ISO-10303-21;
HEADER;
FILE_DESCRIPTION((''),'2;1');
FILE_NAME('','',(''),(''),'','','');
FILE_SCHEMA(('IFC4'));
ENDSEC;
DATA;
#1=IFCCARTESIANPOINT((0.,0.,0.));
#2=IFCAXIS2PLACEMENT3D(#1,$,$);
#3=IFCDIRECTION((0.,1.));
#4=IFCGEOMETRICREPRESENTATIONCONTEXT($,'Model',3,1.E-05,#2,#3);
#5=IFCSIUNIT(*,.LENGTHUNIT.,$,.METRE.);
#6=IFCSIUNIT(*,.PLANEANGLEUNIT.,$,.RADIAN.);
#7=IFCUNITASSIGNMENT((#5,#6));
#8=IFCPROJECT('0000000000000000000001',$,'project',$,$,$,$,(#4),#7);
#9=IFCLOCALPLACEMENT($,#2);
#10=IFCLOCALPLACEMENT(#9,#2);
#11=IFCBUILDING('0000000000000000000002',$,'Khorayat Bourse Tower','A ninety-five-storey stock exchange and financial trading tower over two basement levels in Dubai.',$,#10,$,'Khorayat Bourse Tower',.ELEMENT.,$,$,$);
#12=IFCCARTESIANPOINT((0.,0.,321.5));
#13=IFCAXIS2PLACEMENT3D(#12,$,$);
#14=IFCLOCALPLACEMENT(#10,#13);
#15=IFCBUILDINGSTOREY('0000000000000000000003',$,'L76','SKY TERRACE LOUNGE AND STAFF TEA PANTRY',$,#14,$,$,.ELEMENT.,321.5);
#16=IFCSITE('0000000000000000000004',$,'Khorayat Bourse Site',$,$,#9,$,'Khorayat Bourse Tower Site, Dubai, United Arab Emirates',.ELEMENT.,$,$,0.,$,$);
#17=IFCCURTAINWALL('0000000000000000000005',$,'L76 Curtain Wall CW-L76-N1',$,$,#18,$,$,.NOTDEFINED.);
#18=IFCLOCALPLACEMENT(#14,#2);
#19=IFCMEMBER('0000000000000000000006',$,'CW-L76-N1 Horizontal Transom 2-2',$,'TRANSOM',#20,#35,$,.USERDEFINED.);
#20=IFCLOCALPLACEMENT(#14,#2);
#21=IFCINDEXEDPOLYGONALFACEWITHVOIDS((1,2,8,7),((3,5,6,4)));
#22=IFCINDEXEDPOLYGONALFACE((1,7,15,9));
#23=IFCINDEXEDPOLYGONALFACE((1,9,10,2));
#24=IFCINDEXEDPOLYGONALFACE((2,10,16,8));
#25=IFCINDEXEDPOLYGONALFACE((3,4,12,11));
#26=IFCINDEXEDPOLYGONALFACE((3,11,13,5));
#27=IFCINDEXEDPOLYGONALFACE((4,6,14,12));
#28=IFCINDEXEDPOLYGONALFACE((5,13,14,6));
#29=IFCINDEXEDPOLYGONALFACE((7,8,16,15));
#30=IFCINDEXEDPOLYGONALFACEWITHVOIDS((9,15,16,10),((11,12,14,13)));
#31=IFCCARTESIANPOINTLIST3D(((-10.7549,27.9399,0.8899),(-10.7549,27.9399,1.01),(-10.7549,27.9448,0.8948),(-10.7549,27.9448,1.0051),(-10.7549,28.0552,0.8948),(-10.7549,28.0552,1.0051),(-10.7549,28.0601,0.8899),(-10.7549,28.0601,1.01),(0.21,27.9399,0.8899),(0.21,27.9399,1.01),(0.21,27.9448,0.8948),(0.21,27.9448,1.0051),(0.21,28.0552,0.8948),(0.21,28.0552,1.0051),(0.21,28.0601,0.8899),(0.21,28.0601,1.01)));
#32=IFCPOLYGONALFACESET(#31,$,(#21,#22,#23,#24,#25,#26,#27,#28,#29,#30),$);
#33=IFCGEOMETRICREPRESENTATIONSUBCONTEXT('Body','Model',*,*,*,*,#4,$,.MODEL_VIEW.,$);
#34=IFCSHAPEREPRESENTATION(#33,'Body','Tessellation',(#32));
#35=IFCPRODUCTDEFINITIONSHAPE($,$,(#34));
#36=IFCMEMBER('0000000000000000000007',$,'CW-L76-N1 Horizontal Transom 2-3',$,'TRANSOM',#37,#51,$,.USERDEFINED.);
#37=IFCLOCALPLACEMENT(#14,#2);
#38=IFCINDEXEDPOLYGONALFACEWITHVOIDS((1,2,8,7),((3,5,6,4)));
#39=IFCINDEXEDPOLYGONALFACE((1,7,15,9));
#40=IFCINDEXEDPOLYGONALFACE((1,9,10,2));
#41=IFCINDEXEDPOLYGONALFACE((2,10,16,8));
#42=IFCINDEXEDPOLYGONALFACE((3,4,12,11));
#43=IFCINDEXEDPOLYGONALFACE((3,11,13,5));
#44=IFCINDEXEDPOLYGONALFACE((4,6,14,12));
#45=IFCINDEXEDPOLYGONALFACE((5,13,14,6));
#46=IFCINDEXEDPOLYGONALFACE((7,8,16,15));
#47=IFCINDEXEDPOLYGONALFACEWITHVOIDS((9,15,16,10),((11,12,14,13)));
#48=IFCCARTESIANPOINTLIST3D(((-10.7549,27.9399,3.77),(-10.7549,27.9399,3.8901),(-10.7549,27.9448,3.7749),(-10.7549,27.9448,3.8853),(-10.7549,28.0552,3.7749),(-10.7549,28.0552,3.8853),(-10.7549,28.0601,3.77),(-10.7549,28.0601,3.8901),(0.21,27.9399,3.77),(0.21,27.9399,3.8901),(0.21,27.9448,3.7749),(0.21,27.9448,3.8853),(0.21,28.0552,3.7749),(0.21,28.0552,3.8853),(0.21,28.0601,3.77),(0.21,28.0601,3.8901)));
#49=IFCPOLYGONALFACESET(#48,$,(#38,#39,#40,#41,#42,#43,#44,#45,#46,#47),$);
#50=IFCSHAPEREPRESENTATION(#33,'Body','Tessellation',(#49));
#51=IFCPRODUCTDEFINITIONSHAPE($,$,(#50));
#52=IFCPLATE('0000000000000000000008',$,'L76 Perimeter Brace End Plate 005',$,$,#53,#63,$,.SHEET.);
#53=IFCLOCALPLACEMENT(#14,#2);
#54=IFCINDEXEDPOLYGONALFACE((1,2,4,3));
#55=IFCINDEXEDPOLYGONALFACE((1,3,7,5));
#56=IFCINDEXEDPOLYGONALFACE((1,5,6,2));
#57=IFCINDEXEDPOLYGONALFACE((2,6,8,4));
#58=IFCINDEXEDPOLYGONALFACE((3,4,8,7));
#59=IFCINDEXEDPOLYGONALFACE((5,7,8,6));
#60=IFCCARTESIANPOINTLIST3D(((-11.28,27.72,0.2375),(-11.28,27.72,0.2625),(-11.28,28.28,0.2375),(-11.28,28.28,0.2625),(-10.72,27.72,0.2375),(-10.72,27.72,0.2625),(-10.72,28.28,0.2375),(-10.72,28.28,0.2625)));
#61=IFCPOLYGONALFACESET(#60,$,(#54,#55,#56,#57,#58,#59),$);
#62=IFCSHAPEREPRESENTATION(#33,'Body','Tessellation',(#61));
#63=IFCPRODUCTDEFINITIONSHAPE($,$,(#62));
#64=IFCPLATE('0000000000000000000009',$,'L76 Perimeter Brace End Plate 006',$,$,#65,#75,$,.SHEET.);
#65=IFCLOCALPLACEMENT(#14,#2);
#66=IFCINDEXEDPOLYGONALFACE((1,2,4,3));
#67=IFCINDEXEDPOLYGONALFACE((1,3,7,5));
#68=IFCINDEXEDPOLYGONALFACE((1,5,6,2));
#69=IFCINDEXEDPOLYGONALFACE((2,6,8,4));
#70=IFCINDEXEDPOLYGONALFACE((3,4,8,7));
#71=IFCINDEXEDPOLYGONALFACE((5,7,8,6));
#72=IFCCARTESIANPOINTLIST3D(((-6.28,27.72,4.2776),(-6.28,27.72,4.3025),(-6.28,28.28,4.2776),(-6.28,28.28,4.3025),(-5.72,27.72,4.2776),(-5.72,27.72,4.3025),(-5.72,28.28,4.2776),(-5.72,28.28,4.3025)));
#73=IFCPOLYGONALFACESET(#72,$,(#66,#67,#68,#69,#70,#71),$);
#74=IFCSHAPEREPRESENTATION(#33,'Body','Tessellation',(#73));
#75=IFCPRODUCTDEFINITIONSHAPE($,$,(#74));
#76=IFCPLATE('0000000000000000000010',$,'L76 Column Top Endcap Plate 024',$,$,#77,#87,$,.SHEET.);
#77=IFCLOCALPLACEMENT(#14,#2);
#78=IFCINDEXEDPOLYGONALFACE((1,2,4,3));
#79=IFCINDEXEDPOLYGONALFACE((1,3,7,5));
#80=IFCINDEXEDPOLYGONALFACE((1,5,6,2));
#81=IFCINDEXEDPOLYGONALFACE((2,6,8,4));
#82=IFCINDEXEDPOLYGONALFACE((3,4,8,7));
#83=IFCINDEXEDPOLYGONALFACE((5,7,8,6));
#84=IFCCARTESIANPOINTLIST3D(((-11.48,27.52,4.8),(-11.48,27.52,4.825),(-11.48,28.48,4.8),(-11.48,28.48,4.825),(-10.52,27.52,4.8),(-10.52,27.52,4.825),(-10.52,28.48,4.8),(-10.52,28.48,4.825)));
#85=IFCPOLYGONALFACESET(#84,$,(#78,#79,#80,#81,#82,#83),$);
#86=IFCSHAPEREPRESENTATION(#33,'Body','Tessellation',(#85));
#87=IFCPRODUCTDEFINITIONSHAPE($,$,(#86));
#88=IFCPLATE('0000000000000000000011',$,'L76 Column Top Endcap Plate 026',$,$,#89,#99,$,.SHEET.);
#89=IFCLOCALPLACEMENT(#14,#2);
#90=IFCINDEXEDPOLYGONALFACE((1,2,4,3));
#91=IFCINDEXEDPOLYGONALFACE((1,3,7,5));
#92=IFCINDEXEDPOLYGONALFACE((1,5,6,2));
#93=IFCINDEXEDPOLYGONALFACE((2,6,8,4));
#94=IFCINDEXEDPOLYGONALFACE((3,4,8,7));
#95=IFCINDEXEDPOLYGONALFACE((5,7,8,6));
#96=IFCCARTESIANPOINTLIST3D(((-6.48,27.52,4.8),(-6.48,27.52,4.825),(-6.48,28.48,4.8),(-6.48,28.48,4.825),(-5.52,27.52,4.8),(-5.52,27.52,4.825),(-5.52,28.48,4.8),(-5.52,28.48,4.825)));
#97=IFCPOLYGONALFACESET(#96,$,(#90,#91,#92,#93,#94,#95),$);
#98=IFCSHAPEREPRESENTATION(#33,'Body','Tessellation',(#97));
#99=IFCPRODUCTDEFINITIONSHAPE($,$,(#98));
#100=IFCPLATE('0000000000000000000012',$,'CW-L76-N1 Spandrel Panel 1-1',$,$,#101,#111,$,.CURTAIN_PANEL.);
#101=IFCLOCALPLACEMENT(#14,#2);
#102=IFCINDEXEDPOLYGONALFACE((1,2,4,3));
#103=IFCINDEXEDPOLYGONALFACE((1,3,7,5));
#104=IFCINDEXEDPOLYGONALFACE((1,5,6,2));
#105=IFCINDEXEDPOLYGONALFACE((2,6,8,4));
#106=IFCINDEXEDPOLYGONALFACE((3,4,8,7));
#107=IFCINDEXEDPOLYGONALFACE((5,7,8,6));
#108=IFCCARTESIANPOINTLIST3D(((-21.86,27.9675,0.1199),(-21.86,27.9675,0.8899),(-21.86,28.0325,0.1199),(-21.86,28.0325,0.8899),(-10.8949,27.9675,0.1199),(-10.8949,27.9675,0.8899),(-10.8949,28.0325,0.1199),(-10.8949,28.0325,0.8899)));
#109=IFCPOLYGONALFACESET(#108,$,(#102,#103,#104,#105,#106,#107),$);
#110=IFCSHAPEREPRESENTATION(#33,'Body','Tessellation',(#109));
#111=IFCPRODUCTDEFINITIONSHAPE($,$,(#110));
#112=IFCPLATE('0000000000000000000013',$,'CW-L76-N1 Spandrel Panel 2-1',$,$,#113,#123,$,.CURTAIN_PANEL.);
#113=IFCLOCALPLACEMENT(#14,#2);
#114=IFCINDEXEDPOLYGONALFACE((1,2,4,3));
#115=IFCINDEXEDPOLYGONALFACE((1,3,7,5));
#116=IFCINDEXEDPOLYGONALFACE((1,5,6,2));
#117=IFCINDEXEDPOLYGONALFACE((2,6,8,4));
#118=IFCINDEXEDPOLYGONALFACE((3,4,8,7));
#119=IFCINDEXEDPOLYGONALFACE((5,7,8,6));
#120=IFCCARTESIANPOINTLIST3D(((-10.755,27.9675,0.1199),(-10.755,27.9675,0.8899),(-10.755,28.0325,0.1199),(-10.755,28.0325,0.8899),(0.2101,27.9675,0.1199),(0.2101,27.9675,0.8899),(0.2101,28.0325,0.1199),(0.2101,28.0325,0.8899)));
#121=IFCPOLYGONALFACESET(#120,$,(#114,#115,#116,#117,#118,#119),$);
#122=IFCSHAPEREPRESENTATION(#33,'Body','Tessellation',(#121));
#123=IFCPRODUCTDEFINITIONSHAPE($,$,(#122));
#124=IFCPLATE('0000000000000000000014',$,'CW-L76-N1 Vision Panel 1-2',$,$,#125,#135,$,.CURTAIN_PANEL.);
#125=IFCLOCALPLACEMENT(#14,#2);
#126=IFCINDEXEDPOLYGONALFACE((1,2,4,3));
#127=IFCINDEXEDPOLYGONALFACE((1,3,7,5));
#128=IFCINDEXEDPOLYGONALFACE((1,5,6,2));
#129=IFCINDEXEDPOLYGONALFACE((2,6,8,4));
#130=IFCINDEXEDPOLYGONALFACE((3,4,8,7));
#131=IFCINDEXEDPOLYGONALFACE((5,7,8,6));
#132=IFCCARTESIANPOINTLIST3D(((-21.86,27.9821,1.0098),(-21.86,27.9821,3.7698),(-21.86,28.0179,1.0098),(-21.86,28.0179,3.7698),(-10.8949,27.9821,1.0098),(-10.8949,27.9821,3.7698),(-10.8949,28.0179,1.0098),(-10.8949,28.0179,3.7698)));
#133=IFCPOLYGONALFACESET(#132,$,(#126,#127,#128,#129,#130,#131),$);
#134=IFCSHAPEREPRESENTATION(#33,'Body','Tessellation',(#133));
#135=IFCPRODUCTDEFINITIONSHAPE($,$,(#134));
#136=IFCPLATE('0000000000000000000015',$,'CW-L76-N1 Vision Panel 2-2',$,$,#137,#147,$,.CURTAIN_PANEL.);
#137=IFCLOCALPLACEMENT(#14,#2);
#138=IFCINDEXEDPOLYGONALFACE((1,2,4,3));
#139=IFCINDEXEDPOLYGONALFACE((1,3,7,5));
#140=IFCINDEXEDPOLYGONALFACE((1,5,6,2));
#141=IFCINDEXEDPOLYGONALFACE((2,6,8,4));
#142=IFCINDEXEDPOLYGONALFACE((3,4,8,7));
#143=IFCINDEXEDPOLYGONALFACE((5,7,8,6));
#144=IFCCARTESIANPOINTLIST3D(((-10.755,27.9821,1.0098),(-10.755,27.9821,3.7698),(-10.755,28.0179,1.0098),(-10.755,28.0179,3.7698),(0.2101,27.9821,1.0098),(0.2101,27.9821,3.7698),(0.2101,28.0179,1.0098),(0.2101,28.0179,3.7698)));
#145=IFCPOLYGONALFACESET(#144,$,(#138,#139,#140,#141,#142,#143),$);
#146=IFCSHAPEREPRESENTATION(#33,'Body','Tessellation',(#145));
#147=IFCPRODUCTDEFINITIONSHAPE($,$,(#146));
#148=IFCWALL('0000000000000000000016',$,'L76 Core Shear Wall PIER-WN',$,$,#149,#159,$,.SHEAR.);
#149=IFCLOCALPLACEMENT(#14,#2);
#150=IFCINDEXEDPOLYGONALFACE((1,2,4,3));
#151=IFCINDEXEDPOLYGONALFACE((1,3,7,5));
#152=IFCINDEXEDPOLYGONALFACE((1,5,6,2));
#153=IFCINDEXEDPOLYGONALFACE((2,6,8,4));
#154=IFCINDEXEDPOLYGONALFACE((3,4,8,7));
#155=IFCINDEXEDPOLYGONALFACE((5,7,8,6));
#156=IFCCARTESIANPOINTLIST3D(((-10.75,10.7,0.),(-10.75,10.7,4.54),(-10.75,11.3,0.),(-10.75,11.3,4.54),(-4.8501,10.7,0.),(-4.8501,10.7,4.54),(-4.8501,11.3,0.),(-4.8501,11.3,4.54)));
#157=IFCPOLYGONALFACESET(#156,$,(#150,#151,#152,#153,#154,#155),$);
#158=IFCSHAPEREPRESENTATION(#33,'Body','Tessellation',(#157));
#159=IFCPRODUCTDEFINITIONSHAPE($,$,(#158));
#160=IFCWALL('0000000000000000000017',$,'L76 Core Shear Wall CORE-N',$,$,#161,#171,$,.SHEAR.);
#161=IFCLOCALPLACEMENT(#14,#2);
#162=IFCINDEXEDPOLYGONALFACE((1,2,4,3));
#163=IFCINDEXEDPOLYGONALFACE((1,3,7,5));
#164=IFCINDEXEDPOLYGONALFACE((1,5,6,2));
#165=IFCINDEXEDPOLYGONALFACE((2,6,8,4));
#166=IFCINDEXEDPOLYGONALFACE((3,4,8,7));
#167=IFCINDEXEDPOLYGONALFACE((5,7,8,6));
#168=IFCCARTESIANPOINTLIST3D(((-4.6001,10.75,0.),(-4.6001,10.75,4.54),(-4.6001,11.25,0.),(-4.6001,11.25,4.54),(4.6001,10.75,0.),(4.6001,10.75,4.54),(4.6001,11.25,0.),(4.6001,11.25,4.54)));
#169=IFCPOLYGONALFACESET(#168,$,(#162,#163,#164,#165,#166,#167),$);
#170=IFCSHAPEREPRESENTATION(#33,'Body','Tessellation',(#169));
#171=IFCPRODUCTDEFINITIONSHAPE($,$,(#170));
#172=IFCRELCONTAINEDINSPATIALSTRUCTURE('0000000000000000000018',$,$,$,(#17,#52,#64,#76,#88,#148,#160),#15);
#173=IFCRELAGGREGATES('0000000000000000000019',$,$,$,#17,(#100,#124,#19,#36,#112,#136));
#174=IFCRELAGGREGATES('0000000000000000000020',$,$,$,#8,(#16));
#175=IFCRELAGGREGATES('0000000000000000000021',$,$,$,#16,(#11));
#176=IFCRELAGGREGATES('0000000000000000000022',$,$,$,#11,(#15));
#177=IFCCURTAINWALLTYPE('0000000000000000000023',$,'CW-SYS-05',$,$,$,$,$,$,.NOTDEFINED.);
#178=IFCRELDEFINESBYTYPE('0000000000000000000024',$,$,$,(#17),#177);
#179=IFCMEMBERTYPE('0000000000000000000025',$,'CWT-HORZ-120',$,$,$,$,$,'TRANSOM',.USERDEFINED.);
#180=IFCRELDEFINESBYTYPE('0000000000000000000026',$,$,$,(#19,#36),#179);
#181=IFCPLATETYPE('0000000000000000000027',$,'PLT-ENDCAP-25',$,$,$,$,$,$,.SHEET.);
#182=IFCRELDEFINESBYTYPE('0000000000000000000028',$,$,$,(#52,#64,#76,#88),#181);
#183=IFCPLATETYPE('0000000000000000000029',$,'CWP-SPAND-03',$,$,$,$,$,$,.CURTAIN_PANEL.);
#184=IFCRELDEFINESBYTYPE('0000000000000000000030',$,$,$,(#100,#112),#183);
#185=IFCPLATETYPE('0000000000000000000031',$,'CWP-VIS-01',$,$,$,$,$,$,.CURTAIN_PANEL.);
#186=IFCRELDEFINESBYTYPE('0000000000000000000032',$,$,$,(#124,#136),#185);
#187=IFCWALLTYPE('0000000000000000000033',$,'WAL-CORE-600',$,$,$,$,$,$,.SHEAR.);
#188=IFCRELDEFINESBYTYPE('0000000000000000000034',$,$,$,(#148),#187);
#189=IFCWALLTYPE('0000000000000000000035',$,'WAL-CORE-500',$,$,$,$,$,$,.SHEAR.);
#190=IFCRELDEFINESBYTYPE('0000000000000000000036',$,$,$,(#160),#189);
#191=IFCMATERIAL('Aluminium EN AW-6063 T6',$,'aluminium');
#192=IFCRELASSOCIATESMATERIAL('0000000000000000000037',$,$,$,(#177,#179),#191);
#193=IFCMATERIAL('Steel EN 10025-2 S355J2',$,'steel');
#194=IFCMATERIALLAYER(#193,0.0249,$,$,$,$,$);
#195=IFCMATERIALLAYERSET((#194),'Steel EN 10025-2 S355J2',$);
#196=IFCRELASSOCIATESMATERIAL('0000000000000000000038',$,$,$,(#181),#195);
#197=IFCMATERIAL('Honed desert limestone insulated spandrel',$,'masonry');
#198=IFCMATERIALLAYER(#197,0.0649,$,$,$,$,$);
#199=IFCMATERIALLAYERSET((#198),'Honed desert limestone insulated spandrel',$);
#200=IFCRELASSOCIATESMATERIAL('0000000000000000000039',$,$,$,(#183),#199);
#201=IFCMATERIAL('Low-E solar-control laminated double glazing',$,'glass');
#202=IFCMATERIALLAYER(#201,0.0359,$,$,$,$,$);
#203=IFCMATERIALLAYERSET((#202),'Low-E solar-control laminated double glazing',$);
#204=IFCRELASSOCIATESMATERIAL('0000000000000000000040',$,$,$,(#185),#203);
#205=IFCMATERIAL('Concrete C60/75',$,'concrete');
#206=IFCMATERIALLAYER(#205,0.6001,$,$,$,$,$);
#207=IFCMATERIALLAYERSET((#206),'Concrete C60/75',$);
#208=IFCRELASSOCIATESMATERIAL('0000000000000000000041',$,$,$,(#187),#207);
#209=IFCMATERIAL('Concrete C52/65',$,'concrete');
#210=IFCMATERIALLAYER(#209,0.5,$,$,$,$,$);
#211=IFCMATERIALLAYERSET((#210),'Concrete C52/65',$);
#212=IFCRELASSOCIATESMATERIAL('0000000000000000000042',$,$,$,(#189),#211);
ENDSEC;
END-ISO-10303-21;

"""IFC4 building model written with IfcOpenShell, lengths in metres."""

from ifc_helpers import new_model, si_unit, direction, frame, frame_2d, origin, origin_2d, place, context, subcontext, project, spatial, rectangle, hollow_rectangle, extrude, source, transform, mapped, material, layer, layer_set, material_profile, profile_set, type_object, element, aggregate, save


model = new_model("IFC4")

# Units and contexts
model_context = context("Model", 3, precision=1e-05, world=origin(), true_north=direction((0.0, 1.0)))
body_context = subcontext(model_context, "Body", "Model", "MODEL_VIEW")
ifc_project = project(units=[si_unit("LENGTHUNIT", "METRE"), si_unit("PLANEANGLEUNIT", "RADIAN")], contexts=[model_context])

# Site, building, storey
site_placement = place(None, origin())
site = spatial("IfcSite", under=ifc_project, at=site_placement, Name="Khorayat Bourse Site", LongName="Khorayat Bourse Tower Site, Dubai, United Arab Emirates", CompositionType="ELEMENT", RefElevation=0.0)
building_placement = place(site_placement, origin())
building = spatial("IfcBuilding", under=site, at=building_placement, Name="Khorayat Bourse Tower", Description="A ninety-five-storey stock exchange and financial trading tower over two basement levels in Dubai.", LongName="Khorayat Bourse Tower", CompositionType="ELEMENT")
storey_placement = place(building_placement, frame((0.0, 0.0, 321.5)))
storey = spatial("IfcBuildingStorey", under=building, at=storey_placement, Name="L76", Description="SKY TERRACE LOUNGE AND STAFF TEA PANTRY", CompositionType="ELEMENT", Elevation=321.5)

# Shared definitions
ifc_material_1 = material(Name="Concrete C52/65", Category="concrete")

# Shared definitions
ifc_material_2 = material(Name="Concrete C60/75", Category="concrete")

# Curtain wall, members
ifc_material_3 = material(Name="Aluminium EN AW-6063 T6", Category="aluminium")
curtain_wall_type = type_object("IfcCurtainWallType", Name="CW-SYS-05", PredefinedType="NOTDEFINED", material=ifc_material_3)
curtain_wall_placement = place(storey_placement, origin())
curtain_wall = element("IfcCurtainWall", 1, at=curtain_wall_placement, inside=storey, type_object=curtain_wall_type, Name="L76 Curtain Wall CW-L76-N1", PredefinedType="NOTDEFINED")
ifc_material_profile_1 = material_profile(ifc_material_3, hollow_rectangle(XDim=0.1201, YDim=0.1201, WallThickness=0.0049, at=origin_2d()), Name="ALU 120x120x5")
ifc_profile_set_1 = profile_set([ifc_material_profile_1], Name="Aluminium EN AW-6063 T6")
member_type_1 = type_object("IfcMemberType", Name="CWT-HORZ-120", ElementType="TRANSOM", PredefinedType="USERDEFINED", material=ifc_profile_set_1)
shared_shape_1 = source(origin(), body_context, "Body", "SweptSolid", [
    extrude(hollow_rectangle(XDim=0.1201, YDim=0.1201, WallThickness=0.0049, at=origin_2d()), origin(), (0.0, 0.0, 1.0), 10.9648),
])
member_1_placement = place(storey_placement, frame((-10.7549, 28.0, 0.95), z_axis=(1.0, 0.0, 0.0), x_axis=(0.0, 1.0, 0.0)))
member_1 = element("IfcMember", 2, at=member_1_placement, type_object=member_type_1, Name="CW-L76-N1 Horizontal Transom 2-2", ObjectType="TRANSOM", PredefinedType="USERDEFINED", context=body_context, shape_type="MappedRepresentation", body=[
    mapped(shared_shape_1, transform((0.0, 0.0, 0.0), scale=1.0)),
])
member_2_placement = place(storey_placement, frame((-10.7549, 28.0, 3.8301), z_axis=(1.0, 0.0, 0.0), x_axis=(0.0, 1.0, 0.0)))
member_2 = element("IfcMember", 3, at=member_2_placement, type_object=member_type_1, Name="CW-L76-N1 Horizontal Transom 2-3", ObjectType="TRANSOM", PredefinedType="USERDEFINED", context=body_context, shape_type="MappedRepresentation", body=[
    mapped(shared_shape_1, transform((0.0, 0.0, 0.0), scale=1.0)),
])

# Plates
ifc_material_4 = material(Name="Steel EN 10025-2 S355J2", Category="steel")
ifc_layer_1 = layer(ifc_material_4, 0.0249)
ifc_layer_set_1 = layer_set([ifc_layer_1], Name="Steel EN 10025-2 S355J2")
plate_type_1 = type_object("IfcPlateType", Name="PLT-ENDCAP-25", PredefinedType="SHEET", material=ifc_layer_set_1)
shared_shape_2 = source(origin(), body_context, "Body", "SweptSolid", [
    extrude(rectangle(XDim=0.5601, YDim=0.5601, at=origin_2d()), origin(), (0.0, 0.0, 1.0), 0.0249),
])
for number, where, z_axis, x_axis, name in (
    (4, (-11.0, 28.0, 0.2375), (0.0, 0.0, 1.0), (1.0, 0.0, 0.0), "L76 Perimeter Brace End Plate 005"),
    (5, (-6.0, 28.0, 4.2776), (0.0, 0.0, 1.0), (1.0, 0.0, 0.0), "L76 Perimeter Brace End Plate 006"),
):
    element("IfcPlate", number, at=place(storey_placement, frame(where, z_axis=z_axis, x_axis=x_axis)), inside=storey, type_object=plate_type_1, Name=name, PredefinedType="SHEET", context=body_context, shape_type="MappedRepresentation", body=[
        mapped(shared_shape_2, transform((0.0, 0.0, 0.0), scale=1.0)),
    ])
shared_shape_3 = source(origin(), body_context, "Body", "SweptSolid", [
    extrude(rectangle(XDim=0.96, YDim=0.96, at=origin_2d()), origin(), (0.0, 0.0, 1.0), 0.0249),
])
for number, where, z_axis, x_axis, name in (
    (6, (-11.0, 28.0, 4.8), (0.0, 0.0, 1.0), (1.0, 0.0, 0.0), "L76 Column Top Endcap Plate 024"),
    (7, (-6.0, 28.0, 4.8), (0.0, 0.0, 1.0), (1.0, 0.0, 0.0), "L76 Column Top Endcap Plate 026"),
):
    element("IfcPlate", number, at=place(storey_placement, frame(where, z_axis=z_axis, x_axis=x_axis)), inside=storey, type_object=plate_type_1, Name=name, PredefinedType="SHEET", context=body_context, shape_type="MappedRepresentation", body=[
        mapped(shared_shape_3, transform((0.0, 0.0, 0.0), scale=1.0)),
    ])

# Plates
ifc_material_5 = material(Name="Honed desert limestone insulated spandrel", Category="masonry")
ifc_layer_2 = layer(ifc_material_5, 0.0649)
ifc_layer_set_2 = layer_set([ifc_layer_2], Name="Honed desert limestone insulated spandrel")
plate_type_2 = type_object("IfcPlateType", Name="CWP-SPAND-03", PredefinedType="CURTAIN_PANEL", material=ifc_layer_set_2)
shared_shape_4 = source(origin(), body_context, "Body", "SweptSolid", [
    extrude(rectangle(XDim=10.9651, YDim=0.0649, at=origin_2d()), origin(), (0.0, 0.0, 1.0), 0.77),
])
plate_1_placement = place(storey_placement, frame((-16.3774, 28.0, 0.1199), z_axis=(0.0, 0.0, 1.0), x_axis=(1.0, 0.0, 0.0)))
plate_1 = element("IfcPlate", 8, at=plate_1_placement, type_object=plate_type_2, Name="CW-L76-N1 Spandrel Panel 1-1", PredefinedType="CURTAIN_PANEL", context=body_context, shape_type="MappedRepresentation", body=[
    mapped(shared_shape_4, transform((0.0, 0.0, 0.0), scale=1.0)),
])
plate_2_placement = place(storey_placement, frame((-5.2725, 28.0, 0.1199), z_axis=(0.0, 0.0, 1.0), x_axis=(1.0, 0.0, 0.0)))
plate_2 = element("IfcPlate", 9, at=plate_2_placement, type_object=plate_type_2, Name="CW-L76-N1 Spandrel Panel 2-1", PredefinedType="CURTAIN_PANEL", context=body_context, shape_type="MappedRepresentation", body=[
    mapped(shared_shape_4, transform((0.0, 0.0, 0.0), scale=1.0)),
])
ifc_material_6 = material(Name="Low-E solar-control laminated double glazing", Category="glass")
ifc_layer_3 = layer(ifc_material_6, 0.0359)
ifc_layer_set_3 = layer_set([ifc_layer_3], Name="Low-E solar-control laminated double glazing")
plate_type_3 = type_object("IfcPlateType", Name="CWP-VIS-01", PredefinedType="CURTAIN_PANEL", material=ifc_layer_set_3)
shared_shape_5 = source(origin(), body_context, "Body", "SweptSolid", [
    extrude(rectangle(XDim=10.9651, YDim=0.0359, at=origin_2d()), origin(), (0.0, 0.0, 1.0), 2.76),
])
plate_3_placement = place(storey_placement, frame((-16.3774, 28.0, 1.0098), z_axis=(0.0, 0.0, 1.0), x_axis=(1.0, 0.0, 0.0)))
plate_3 = element("IfcPlate", 10, at=plate_3_placement, type_object=plate_type_3, Name="CW-L76-N1 Vision Panel 1-2", PredefinedType="CURTAIN_PANEL", context=body_context, shape_type="MappedRepresentation", body=[
    mapped(shared_shape_5, transform((0.0, 0.0, 0.0), scale=1.0)),
])
plate_4_placement = place(storey_placement, frame((-5.2725, 28.0, 1.0098), z_axis=(0.0, 0.0, 1.0), x_axis=(1.0, 0.0, 0.0)))
plate_4 = element("IfcPlate", 11, at=plate_4_placement, type_object=plate_type_3, Name="CW-L76-N1 Vision Panel 2-2", PredefinedType="CURTAIN_PANEL", context=body_context, shape_type="MappedRepresentation", body=[
    mapped(shared_shape_5, transform((0.0, 0.0, 0.0), scale=1.0)),
])
aggregate(curtain_wall, [plate_1, plate_3, member_1, member_2, plate_2, plate_4])

# Walls
ifc_layer_4 = layer(ifc_material_2, 0.6001)
ifc_layer_set_4 = layer_set([ifc_layer_4], Name="Concrete C60/75")
wall_type_1 = type_object("IfcWallType", Name="WAL-CORE-600", PredefinedType="SHEAR", material=ifc_layer_set_4)
shared_shape_6 = source(origin(), body_context, "Body", "SweptSolid", [
    extrude(rectangle(XDim=5.8999, YDim=0.6001, at=frame_2d((2.95, 0.0))), origin(), (0.0, 0.0, 1.0), 4.54),
])
wall_1_placement = place(storey_placement, frame((-10.75, 11.0, 0.0), z_axis=(0.0, 0.0, 1.0), x_axis=(1.0, 0.0, 0.0)))
element("IfcWall", 12, at=wall_1_placement, inside=storey, type_object=wall_type_1, Name="L76 Core Shear Wall PIER-WN", PredefinedType="SHEAR", context=body_context, shape_type="MappedRepresentation", body=[
    mapped(shared_shape_6, transform((0.0, 0.0, 0.0), scale=1.0)),
])
ifc_layer_5 = layer(ifc_material_1, 0.5)
ifc_layer_set_5 = layer_set([ifc_layer_5], Name="Concrete C52/65")
wall_type_2 = type_object("IfcWallType", Name="WAL-CORE-500", PredefinedType="SHEAR", material=ifc_layer_set_5)
shared_shape_7 = source(origin(), body_context, "Body", "SweptSolid", [
    extrude(rectangle(XDim=9.2002, YDim=0.5, at=frame_2d((4.6001, 0.0))), origin(), (0.0, 0.0, 1.0), 4.54),
])
wall_2_placement = place(storey_placement, frame((-4.6001, 11.0, 0.0), z_axis=(0.0, 0.0, 1.0), x_axis=(1.0, 0.0, 0.0)))
element("IfcWall", 13, at=wall_2_placement, inside=storey, type_object=wall_type_2, Name="L76 Core Shear Wall CORE-N", PredefinedType="SHEAR", context=body_context, shape_type="MappedRepresentation", body=[
    mapped(shared_shape_7, transform((0.0, 0.0, 0.0), scale=1.0)),
])

save(model, "model.ifc")
